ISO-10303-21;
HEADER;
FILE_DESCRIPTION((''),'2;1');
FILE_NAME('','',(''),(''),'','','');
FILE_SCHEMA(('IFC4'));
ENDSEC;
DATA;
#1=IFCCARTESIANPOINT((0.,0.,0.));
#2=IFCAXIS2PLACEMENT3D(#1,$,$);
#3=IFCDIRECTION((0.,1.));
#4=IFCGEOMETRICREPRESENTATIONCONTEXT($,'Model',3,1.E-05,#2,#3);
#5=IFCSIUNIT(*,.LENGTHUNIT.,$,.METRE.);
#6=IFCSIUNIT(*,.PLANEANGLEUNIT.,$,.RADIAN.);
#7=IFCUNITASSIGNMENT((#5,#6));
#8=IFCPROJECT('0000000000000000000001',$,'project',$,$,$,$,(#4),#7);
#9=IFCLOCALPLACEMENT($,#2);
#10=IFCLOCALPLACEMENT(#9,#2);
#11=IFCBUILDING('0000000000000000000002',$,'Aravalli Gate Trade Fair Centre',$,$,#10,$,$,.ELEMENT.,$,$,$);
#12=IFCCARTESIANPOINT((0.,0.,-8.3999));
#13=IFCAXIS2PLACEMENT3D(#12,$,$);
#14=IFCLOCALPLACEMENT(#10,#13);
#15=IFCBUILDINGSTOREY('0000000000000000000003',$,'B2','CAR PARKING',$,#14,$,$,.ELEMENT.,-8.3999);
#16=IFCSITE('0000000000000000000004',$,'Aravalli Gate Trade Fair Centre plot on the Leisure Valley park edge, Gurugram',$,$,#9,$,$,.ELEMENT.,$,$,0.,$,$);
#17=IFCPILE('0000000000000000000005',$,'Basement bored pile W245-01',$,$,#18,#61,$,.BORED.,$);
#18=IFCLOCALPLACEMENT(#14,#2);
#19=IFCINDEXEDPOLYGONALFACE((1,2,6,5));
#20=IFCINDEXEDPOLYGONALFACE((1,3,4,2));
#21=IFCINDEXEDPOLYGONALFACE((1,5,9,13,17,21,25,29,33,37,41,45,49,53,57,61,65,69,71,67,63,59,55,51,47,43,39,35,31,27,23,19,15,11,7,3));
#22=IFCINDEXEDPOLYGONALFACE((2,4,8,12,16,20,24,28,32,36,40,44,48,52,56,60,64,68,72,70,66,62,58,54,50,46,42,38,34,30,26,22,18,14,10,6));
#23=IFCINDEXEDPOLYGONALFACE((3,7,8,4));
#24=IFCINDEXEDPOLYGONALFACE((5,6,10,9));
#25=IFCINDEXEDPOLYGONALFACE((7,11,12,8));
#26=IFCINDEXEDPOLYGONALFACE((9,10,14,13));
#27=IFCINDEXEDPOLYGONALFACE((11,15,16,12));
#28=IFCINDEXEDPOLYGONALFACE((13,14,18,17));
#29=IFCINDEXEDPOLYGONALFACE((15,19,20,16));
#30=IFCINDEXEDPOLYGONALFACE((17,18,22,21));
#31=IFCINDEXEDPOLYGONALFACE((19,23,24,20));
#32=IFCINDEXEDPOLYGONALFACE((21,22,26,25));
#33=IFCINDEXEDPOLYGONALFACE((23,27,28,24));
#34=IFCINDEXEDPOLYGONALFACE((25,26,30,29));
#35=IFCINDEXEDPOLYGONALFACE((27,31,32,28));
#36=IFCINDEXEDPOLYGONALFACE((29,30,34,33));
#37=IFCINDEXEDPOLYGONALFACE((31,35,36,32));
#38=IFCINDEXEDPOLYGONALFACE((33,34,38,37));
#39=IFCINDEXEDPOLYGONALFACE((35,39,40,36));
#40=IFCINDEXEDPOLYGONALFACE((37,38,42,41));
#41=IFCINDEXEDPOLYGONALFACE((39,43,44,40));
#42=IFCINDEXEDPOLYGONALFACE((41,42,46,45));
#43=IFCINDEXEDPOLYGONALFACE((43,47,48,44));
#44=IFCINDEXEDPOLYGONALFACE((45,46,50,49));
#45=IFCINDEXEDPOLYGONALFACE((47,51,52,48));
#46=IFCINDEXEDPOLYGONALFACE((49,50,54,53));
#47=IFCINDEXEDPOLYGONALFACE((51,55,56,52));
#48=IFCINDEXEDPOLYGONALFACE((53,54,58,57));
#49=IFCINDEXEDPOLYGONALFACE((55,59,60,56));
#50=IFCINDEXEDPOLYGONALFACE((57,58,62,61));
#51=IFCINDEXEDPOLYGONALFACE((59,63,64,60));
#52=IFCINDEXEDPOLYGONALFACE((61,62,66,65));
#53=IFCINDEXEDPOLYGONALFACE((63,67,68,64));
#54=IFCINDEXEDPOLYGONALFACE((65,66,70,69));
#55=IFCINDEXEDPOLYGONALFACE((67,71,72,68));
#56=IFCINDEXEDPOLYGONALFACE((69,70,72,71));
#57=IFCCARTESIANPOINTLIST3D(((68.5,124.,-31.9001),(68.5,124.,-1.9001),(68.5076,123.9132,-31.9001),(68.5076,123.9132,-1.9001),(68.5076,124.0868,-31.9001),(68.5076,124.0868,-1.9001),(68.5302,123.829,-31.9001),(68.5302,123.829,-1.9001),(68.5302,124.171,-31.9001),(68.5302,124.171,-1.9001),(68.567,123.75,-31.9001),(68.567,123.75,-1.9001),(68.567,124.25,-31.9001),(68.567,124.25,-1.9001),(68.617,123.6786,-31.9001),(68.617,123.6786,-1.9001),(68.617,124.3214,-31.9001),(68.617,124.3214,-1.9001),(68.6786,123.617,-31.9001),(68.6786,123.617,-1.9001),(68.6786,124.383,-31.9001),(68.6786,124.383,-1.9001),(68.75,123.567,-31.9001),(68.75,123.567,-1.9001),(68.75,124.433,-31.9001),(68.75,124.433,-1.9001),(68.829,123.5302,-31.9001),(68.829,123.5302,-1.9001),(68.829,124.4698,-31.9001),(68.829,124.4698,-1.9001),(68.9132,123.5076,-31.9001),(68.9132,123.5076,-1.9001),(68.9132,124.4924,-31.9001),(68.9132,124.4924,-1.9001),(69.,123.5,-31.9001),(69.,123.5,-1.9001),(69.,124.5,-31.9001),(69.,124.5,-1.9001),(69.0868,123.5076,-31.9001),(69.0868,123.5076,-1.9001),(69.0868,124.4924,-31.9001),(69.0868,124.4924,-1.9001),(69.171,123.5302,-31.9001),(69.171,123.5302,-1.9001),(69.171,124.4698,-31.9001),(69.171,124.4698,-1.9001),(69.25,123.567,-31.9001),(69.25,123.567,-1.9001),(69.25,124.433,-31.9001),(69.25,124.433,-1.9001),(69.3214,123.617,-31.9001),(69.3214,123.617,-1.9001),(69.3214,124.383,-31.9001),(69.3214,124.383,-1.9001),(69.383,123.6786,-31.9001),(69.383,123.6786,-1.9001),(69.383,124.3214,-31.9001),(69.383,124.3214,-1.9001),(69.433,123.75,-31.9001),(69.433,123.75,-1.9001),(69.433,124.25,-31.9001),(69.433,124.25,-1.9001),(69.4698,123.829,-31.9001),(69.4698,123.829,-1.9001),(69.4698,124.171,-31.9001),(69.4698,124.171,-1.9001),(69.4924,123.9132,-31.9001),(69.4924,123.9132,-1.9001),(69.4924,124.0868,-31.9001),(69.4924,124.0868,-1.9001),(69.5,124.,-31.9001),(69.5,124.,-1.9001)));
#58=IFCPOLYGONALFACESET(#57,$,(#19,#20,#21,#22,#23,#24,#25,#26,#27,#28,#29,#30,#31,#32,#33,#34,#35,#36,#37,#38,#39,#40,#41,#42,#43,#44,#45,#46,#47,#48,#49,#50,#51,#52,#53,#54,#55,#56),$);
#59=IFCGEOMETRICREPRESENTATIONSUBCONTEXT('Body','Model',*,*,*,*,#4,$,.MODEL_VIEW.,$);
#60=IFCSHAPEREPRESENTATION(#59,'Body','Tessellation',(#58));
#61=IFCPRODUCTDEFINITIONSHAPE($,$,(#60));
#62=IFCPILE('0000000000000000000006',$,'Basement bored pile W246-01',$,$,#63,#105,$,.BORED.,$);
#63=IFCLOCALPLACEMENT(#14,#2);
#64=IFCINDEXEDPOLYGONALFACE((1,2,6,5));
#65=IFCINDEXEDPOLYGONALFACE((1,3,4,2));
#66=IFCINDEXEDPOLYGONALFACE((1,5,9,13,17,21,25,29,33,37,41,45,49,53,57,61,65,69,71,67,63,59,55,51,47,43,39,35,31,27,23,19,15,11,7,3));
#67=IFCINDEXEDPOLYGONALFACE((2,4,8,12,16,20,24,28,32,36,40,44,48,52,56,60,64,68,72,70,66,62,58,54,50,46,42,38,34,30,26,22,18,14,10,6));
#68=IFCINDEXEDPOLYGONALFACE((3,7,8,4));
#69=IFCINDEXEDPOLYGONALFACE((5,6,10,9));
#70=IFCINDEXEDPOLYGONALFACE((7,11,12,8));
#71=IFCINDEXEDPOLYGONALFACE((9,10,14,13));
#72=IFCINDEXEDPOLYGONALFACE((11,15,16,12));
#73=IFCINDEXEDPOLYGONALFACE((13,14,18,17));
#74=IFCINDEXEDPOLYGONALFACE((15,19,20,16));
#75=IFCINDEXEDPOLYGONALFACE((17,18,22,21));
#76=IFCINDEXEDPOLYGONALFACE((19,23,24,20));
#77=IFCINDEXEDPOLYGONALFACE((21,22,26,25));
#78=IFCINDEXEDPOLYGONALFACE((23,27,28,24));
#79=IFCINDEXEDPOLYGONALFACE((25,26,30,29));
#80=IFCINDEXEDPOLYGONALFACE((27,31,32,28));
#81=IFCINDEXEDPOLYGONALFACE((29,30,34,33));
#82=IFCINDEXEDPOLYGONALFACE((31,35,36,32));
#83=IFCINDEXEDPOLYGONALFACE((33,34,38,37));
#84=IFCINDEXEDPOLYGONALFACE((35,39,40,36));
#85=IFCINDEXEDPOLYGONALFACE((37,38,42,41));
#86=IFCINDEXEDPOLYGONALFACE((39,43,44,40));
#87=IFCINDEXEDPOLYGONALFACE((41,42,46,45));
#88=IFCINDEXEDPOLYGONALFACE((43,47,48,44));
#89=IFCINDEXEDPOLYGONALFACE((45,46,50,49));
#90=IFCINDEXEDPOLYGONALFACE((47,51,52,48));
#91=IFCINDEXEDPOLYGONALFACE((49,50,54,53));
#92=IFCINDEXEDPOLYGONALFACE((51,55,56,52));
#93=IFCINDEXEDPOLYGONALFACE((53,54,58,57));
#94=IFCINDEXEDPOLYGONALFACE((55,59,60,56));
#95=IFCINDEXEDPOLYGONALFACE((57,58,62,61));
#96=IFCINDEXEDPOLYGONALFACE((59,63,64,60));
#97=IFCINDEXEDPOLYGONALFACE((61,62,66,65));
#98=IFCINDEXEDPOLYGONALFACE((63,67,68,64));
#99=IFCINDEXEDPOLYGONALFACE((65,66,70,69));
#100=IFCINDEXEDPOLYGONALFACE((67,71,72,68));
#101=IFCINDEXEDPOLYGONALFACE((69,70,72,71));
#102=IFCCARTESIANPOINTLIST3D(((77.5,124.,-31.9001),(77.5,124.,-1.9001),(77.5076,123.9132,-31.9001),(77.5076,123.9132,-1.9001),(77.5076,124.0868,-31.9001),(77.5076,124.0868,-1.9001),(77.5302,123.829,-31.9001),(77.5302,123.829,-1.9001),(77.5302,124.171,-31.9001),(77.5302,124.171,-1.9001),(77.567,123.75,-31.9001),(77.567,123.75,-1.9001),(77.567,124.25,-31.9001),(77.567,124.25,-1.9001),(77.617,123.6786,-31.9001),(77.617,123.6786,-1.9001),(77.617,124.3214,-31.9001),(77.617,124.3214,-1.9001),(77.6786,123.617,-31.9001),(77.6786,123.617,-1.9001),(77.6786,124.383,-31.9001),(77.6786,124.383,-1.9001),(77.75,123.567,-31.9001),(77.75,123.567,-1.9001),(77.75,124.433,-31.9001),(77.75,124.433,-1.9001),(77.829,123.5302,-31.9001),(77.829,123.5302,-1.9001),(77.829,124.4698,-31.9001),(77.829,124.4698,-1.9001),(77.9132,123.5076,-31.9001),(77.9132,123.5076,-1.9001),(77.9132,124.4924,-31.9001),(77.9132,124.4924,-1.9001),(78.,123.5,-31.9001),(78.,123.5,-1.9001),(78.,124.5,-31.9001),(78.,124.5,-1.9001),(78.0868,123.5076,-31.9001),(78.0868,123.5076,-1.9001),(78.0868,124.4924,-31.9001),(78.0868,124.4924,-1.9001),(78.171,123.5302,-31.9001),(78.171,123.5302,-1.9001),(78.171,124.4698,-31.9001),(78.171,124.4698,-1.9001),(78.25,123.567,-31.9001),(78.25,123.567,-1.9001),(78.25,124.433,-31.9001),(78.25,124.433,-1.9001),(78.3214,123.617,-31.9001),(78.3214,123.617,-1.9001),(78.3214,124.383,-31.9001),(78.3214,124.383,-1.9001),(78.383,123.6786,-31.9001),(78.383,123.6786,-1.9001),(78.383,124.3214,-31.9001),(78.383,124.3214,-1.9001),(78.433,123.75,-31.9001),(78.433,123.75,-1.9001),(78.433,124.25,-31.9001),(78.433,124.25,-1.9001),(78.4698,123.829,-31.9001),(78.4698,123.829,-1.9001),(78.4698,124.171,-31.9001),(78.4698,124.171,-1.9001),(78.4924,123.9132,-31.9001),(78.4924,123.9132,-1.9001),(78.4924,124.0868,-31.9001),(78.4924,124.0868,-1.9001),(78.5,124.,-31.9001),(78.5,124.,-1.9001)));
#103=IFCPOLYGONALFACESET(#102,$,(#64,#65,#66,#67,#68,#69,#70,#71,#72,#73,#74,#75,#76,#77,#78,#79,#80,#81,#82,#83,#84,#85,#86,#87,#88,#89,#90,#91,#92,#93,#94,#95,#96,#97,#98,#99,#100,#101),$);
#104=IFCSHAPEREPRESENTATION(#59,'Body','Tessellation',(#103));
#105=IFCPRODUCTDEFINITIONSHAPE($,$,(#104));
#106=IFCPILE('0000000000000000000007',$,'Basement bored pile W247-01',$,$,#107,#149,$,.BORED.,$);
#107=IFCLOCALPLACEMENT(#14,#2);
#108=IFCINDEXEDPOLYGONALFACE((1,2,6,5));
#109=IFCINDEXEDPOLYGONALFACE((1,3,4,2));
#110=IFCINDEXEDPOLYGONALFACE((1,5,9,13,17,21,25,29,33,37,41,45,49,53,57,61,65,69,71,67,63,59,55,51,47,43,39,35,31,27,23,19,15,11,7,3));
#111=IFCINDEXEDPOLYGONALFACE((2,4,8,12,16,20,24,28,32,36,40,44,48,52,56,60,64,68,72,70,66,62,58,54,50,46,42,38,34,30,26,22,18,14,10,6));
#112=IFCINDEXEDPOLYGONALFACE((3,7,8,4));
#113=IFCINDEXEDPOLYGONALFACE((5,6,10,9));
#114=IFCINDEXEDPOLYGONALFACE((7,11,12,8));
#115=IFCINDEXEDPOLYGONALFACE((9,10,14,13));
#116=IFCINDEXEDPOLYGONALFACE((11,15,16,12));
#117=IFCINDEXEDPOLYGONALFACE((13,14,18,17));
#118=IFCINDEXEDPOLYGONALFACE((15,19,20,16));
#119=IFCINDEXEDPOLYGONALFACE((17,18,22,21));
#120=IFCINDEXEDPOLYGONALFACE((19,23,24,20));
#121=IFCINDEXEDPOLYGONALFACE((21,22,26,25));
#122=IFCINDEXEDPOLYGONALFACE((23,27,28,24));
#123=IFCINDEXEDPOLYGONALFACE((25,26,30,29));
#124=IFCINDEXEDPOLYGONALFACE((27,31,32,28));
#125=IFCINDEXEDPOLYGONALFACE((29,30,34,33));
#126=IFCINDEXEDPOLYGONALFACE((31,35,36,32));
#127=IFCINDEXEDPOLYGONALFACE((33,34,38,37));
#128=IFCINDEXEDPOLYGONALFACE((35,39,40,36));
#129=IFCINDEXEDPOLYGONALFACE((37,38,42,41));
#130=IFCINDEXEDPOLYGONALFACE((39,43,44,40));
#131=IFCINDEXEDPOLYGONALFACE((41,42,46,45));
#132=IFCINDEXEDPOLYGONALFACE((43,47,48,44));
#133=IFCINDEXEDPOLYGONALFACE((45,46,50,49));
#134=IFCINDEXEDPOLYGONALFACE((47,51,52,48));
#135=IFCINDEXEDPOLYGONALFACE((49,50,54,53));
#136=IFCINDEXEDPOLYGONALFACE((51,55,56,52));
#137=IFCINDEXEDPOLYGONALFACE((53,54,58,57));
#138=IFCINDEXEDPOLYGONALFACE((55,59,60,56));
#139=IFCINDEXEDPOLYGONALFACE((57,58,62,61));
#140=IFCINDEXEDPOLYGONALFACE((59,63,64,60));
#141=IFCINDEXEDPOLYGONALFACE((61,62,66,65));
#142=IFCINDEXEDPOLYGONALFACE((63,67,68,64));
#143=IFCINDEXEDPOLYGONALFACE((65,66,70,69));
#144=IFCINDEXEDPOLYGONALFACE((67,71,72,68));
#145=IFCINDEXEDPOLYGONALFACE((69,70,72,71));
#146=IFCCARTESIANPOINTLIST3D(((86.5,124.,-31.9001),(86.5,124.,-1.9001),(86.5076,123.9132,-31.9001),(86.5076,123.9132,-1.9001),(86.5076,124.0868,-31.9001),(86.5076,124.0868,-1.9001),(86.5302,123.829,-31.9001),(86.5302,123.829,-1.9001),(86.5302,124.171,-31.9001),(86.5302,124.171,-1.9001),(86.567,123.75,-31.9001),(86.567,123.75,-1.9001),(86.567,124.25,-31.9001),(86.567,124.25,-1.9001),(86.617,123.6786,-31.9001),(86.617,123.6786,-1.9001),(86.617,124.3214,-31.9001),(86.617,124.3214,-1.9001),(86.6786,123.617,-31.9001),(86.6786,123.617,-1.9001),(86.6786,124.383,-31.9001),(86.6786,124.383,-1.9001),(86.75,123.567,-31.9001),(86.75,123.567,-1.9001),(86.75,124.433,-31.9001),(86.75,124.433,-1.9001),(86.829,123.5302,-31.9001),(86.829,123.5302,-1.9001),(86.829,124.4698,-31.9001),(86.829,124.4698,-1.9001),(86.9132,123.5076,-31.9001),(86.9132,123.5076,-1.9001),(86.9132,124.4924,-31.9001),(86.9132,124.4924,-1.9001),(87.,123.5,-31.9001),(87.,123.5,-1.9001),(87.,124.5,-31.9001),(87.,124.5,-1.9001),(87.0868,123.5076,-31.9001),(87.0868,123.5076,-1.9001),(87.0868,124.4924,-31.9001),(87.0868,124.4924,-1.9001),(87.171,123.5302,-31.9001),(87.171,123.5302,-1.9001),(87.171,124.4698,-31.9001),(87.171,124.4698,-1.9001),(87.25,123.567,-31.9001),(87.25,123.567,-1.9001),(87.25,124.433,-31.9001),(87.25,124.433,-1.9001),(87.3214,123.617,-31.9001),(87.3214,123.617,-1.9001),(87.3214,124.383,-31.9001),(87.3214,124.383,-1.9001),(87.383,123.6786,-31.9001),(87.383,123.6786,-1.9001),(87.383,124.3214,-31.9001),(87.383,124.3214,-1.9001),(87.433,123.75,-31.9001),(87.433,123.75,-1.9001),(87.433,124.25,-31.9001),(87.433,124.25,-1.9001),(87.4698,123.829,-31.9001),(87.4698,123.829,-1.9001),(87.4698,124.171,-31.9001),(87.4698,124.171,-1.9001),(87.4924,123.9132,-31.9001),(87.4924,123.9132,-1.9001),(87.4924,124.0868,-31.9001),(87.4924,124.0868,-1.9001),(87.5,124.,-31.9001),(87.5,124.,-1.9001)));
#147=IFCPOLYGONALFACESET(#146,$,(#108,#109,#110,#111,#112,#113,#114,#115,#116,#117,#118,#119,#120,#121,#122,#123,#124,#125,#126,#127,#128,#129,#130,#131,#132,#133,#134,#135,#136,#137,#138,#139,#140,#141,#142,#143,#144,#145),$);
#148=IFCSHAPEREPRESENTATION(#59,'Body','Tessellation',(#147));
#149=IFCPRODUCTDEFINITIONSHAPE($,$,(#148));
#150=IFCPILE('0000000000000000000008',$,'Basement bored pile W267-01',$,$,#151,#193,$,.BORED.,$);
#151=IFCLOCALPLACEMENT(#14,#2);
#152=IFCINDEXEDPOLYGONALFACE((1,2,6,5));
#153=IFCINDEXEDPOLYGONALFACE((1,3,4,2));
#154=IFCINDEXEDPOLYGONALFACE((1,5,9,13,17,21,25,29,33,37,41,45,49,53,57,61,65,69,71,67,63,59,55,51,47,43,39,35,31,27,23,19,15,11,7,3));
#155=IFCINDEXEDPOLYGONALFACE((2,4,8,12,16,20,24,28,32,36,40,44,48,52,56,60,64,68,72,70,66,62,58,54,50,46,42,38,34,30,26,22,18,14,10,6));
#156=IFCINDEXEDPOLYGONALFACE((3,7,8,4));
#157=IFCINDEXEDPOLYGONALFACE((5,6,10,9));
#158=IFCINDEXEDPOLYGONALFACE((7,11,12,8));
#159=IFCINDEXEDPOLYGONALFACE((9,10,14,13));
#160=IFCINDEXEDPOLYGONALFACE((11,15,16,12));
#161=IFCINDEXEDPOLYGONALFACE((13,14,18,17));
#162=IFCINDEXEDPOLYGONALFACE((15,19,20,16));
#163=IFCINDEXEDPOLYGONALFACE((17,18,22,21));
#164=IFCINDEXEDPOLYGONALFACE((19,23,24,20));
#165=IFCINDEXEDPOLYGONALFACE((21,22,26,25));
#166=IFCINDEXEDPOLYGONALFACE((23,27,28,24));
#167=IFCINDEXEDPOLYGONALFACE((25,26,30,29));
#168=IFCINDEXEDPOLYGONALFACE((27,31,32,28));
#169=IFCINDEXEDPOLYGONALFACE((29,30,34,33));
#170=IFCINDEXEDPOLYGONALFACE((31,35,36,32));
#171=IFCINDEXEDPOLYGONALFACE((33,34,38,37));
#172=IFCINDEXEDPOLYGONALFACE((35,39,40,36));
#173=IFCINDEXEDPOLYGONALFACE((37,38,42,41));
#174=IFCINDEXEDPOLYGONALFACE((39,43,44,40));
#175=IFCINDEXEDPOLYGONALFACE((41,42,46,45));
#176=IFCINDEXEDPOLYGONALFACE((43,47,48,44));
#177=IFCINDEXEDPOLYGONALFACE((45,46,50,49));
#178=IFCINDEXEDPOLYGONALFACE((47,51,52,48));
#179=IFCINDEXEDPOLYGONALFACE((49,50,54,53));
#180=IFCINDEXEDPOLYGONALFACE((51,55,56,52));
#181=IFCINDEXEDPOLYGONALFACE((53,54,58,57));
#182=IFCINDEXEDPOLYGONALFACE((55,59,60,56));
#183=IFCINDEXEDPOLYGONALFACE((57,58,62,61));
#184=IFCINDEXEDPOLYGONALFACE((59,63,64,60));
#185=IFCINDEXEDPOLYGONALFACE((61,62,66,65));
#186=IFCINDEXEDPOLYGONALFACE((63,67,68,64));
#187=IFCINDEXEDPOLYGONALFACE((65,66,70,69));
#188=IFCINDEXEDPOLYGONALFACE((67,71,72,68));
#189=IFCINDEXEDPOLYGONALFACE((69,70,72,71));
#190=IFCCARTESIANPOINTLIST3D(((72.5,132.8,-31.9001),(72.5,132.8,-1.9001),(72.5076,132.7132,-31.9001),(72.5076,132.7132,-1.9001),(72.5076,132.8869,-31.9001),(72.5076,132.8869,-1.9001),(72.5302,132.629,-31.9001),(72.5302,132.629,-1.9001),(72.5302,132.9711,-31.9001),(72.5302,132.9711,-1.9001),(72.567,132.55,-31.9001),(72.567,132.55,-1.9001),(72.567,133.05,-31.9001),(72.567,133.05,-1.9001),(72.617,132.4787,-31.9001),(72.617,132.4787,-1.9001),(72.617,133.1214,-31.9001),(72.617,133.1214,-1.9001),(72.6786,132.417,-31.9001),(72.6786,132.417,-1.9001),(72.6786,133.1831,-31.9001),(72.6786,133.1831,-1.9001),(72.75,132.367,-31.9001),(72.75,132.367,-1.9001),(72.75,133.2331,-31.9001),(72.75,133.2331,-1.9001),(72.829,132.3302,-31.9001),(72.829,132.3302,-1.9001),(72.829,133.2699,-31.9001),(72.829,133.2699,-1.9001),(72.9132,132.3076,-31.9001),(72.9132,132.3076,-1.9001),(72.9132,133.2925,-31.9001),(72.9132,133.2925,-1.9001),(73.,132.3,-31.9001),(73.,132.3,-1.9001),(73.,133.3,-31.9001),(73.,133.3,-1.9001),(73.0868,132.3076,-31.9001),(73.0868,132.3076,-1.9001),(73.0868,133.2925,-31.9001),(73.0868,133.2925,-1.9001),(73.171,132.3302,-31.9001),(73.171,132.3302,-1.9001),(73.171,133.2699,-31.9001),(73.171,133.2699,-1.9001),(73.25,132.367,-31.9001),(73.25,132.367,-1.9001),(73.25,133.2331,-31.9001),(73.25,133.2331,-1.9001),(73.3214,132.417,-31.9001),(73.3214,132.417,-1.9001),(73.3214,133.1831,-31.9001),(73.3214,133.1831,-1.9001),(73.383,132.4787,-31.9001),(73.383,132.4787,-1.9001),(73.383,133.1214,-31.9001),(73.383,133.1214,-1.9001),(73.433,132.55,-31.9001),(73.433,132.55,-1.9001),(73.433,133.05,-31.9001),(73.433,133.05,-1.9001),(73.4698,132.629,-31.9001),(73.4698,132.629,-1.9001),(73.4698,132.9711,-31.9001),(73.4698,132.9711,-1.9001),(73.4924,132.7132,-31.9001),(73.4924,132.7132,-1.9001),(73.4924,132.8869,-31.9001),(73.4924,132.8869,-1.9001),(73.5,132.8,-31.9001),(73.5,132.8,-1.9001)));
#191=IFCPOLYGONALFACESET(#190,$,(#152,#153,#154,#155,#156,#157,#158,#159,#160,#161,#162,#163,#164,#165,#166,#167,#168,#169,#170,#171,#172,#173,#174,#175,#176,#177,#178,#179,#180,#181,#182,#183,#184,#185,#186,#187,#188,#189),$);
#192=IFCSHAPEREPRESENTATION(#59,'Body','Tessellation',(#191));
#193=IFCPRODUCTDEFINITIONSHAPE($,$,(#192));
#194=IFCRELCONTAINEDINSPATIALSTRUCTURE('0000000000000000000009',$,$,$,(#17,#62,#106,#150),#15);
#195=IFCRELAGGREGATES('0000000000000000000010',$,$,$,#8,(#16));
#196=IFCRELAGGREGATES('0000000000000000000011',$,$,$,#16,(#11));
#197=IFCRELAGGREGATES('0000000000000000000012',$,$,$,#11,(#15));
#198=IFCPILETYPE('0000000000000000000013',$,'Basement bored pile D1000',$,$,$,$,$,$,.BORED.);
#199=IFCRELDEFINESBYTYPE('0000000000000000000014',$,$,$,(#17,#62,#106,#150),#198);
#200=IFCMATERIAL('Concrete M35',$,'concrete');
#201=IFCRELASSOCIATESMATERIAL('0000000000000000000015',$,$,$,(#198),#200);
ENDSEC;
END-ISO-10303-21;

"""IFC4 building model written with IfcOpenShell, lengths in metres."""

from ifc_helpers import new_model, si_unit, direction, frame, origin, origin_2d, place, context, subcontext, project, spatial, circle, extrude, material, material_profile, profile_set, type_object, element, save


model = new_model("IFC4")

# Units and contexts
model_context = context("Model", 3, precision=1e-05, world=origin(), true_north=direction((0.0, 1.0)))
body_context = subcontext(model_context, "Body", "Model", "MODEL_VIEW")
ifc_project = project(units=[si_unit("LENGTHUNIT", "METRE"), si_unit("PLANEANGLEUNIT", "RADIAN")], contexts=[model_context])

# Site, building, storey
site_placement = place(None, origin())
site = spatial("IfcSite", under=ifc_project, at=site_placement, Name="Aravalli Gate Trade Fair Centre plot on the Leisure Valley park edge, Gurugram", CompositionType="ELEMENT", RefElevation=0.0)
building_placement = place(site_placement, origin())
building = spatial("IfcBuilding", under=site, at=building_placement, Name="Aravalli Gate Trade Fair Centre", CompositionType="ELEMENT")
storey_placement = place(building_placement, frame((0.0, 0.0, -8.3999)))
storey = spatial("IfcBuildingStorey", under=building, at=storey_placement, Name="B2", Description="CAR PARKING", CompositionType="ELEMENT", Elevation=-8.3999)

# Piles
ifc_material_1 = material(Name="Concrete M35", Category="concrete")
ifc_material_profile_1 = material_profile(ifc_material_1, circle(Radius=0.5, at=origin_2d()), Name="D1000")
ifc_profile_set_1 = profile_set([ifc_material_profile_1], Name="Concrete M35")
pile_type = type_object("IfcPileType", Name="Basement bored pile D1000", PredefinedType="BORED", material=ifc_profile_set_1)
for number, where, z_axis, x_axis, name in (
    (1, (69.0, 124.0, -1.9001), (0.0, 0.0, -1.0), (1.0, 0.0, 0.0), "Basement bored pile W245-01"),
    (2, (78.0, 124.0, -1.9001), (0.0, 0.0, -1.0), (1.0, 0.0, 0.0), "Basement bored pile W246-01"),
    (3, (87.0, 124.0, -1.9001), (0.0, 0.0, -1.0), (1.0, 0.0, 0.0), "Basement bored pile W247-01"),
    (4, (73.0, 132.8, -1.9001), (0.0, 0.0, -1.0), (1.0, 0.0, 0.0), "Basement bored pile W267-01"),
):
    element("IfcPile", number, at=place(storey_placement, frame(where, z_axis=z_axis, x_axis=x_axis)), inside=storey, type_object=pile_type, Name=name, PredefinedType="BORED", context=body_context, shape_type="SweptSolid", body=[
        extrude(circle(Radius=0.5, at=origin_2d()), origin(), (0.0, 0.0, 1.0), 30.0),
    ])

save(model, "model.ifc")
